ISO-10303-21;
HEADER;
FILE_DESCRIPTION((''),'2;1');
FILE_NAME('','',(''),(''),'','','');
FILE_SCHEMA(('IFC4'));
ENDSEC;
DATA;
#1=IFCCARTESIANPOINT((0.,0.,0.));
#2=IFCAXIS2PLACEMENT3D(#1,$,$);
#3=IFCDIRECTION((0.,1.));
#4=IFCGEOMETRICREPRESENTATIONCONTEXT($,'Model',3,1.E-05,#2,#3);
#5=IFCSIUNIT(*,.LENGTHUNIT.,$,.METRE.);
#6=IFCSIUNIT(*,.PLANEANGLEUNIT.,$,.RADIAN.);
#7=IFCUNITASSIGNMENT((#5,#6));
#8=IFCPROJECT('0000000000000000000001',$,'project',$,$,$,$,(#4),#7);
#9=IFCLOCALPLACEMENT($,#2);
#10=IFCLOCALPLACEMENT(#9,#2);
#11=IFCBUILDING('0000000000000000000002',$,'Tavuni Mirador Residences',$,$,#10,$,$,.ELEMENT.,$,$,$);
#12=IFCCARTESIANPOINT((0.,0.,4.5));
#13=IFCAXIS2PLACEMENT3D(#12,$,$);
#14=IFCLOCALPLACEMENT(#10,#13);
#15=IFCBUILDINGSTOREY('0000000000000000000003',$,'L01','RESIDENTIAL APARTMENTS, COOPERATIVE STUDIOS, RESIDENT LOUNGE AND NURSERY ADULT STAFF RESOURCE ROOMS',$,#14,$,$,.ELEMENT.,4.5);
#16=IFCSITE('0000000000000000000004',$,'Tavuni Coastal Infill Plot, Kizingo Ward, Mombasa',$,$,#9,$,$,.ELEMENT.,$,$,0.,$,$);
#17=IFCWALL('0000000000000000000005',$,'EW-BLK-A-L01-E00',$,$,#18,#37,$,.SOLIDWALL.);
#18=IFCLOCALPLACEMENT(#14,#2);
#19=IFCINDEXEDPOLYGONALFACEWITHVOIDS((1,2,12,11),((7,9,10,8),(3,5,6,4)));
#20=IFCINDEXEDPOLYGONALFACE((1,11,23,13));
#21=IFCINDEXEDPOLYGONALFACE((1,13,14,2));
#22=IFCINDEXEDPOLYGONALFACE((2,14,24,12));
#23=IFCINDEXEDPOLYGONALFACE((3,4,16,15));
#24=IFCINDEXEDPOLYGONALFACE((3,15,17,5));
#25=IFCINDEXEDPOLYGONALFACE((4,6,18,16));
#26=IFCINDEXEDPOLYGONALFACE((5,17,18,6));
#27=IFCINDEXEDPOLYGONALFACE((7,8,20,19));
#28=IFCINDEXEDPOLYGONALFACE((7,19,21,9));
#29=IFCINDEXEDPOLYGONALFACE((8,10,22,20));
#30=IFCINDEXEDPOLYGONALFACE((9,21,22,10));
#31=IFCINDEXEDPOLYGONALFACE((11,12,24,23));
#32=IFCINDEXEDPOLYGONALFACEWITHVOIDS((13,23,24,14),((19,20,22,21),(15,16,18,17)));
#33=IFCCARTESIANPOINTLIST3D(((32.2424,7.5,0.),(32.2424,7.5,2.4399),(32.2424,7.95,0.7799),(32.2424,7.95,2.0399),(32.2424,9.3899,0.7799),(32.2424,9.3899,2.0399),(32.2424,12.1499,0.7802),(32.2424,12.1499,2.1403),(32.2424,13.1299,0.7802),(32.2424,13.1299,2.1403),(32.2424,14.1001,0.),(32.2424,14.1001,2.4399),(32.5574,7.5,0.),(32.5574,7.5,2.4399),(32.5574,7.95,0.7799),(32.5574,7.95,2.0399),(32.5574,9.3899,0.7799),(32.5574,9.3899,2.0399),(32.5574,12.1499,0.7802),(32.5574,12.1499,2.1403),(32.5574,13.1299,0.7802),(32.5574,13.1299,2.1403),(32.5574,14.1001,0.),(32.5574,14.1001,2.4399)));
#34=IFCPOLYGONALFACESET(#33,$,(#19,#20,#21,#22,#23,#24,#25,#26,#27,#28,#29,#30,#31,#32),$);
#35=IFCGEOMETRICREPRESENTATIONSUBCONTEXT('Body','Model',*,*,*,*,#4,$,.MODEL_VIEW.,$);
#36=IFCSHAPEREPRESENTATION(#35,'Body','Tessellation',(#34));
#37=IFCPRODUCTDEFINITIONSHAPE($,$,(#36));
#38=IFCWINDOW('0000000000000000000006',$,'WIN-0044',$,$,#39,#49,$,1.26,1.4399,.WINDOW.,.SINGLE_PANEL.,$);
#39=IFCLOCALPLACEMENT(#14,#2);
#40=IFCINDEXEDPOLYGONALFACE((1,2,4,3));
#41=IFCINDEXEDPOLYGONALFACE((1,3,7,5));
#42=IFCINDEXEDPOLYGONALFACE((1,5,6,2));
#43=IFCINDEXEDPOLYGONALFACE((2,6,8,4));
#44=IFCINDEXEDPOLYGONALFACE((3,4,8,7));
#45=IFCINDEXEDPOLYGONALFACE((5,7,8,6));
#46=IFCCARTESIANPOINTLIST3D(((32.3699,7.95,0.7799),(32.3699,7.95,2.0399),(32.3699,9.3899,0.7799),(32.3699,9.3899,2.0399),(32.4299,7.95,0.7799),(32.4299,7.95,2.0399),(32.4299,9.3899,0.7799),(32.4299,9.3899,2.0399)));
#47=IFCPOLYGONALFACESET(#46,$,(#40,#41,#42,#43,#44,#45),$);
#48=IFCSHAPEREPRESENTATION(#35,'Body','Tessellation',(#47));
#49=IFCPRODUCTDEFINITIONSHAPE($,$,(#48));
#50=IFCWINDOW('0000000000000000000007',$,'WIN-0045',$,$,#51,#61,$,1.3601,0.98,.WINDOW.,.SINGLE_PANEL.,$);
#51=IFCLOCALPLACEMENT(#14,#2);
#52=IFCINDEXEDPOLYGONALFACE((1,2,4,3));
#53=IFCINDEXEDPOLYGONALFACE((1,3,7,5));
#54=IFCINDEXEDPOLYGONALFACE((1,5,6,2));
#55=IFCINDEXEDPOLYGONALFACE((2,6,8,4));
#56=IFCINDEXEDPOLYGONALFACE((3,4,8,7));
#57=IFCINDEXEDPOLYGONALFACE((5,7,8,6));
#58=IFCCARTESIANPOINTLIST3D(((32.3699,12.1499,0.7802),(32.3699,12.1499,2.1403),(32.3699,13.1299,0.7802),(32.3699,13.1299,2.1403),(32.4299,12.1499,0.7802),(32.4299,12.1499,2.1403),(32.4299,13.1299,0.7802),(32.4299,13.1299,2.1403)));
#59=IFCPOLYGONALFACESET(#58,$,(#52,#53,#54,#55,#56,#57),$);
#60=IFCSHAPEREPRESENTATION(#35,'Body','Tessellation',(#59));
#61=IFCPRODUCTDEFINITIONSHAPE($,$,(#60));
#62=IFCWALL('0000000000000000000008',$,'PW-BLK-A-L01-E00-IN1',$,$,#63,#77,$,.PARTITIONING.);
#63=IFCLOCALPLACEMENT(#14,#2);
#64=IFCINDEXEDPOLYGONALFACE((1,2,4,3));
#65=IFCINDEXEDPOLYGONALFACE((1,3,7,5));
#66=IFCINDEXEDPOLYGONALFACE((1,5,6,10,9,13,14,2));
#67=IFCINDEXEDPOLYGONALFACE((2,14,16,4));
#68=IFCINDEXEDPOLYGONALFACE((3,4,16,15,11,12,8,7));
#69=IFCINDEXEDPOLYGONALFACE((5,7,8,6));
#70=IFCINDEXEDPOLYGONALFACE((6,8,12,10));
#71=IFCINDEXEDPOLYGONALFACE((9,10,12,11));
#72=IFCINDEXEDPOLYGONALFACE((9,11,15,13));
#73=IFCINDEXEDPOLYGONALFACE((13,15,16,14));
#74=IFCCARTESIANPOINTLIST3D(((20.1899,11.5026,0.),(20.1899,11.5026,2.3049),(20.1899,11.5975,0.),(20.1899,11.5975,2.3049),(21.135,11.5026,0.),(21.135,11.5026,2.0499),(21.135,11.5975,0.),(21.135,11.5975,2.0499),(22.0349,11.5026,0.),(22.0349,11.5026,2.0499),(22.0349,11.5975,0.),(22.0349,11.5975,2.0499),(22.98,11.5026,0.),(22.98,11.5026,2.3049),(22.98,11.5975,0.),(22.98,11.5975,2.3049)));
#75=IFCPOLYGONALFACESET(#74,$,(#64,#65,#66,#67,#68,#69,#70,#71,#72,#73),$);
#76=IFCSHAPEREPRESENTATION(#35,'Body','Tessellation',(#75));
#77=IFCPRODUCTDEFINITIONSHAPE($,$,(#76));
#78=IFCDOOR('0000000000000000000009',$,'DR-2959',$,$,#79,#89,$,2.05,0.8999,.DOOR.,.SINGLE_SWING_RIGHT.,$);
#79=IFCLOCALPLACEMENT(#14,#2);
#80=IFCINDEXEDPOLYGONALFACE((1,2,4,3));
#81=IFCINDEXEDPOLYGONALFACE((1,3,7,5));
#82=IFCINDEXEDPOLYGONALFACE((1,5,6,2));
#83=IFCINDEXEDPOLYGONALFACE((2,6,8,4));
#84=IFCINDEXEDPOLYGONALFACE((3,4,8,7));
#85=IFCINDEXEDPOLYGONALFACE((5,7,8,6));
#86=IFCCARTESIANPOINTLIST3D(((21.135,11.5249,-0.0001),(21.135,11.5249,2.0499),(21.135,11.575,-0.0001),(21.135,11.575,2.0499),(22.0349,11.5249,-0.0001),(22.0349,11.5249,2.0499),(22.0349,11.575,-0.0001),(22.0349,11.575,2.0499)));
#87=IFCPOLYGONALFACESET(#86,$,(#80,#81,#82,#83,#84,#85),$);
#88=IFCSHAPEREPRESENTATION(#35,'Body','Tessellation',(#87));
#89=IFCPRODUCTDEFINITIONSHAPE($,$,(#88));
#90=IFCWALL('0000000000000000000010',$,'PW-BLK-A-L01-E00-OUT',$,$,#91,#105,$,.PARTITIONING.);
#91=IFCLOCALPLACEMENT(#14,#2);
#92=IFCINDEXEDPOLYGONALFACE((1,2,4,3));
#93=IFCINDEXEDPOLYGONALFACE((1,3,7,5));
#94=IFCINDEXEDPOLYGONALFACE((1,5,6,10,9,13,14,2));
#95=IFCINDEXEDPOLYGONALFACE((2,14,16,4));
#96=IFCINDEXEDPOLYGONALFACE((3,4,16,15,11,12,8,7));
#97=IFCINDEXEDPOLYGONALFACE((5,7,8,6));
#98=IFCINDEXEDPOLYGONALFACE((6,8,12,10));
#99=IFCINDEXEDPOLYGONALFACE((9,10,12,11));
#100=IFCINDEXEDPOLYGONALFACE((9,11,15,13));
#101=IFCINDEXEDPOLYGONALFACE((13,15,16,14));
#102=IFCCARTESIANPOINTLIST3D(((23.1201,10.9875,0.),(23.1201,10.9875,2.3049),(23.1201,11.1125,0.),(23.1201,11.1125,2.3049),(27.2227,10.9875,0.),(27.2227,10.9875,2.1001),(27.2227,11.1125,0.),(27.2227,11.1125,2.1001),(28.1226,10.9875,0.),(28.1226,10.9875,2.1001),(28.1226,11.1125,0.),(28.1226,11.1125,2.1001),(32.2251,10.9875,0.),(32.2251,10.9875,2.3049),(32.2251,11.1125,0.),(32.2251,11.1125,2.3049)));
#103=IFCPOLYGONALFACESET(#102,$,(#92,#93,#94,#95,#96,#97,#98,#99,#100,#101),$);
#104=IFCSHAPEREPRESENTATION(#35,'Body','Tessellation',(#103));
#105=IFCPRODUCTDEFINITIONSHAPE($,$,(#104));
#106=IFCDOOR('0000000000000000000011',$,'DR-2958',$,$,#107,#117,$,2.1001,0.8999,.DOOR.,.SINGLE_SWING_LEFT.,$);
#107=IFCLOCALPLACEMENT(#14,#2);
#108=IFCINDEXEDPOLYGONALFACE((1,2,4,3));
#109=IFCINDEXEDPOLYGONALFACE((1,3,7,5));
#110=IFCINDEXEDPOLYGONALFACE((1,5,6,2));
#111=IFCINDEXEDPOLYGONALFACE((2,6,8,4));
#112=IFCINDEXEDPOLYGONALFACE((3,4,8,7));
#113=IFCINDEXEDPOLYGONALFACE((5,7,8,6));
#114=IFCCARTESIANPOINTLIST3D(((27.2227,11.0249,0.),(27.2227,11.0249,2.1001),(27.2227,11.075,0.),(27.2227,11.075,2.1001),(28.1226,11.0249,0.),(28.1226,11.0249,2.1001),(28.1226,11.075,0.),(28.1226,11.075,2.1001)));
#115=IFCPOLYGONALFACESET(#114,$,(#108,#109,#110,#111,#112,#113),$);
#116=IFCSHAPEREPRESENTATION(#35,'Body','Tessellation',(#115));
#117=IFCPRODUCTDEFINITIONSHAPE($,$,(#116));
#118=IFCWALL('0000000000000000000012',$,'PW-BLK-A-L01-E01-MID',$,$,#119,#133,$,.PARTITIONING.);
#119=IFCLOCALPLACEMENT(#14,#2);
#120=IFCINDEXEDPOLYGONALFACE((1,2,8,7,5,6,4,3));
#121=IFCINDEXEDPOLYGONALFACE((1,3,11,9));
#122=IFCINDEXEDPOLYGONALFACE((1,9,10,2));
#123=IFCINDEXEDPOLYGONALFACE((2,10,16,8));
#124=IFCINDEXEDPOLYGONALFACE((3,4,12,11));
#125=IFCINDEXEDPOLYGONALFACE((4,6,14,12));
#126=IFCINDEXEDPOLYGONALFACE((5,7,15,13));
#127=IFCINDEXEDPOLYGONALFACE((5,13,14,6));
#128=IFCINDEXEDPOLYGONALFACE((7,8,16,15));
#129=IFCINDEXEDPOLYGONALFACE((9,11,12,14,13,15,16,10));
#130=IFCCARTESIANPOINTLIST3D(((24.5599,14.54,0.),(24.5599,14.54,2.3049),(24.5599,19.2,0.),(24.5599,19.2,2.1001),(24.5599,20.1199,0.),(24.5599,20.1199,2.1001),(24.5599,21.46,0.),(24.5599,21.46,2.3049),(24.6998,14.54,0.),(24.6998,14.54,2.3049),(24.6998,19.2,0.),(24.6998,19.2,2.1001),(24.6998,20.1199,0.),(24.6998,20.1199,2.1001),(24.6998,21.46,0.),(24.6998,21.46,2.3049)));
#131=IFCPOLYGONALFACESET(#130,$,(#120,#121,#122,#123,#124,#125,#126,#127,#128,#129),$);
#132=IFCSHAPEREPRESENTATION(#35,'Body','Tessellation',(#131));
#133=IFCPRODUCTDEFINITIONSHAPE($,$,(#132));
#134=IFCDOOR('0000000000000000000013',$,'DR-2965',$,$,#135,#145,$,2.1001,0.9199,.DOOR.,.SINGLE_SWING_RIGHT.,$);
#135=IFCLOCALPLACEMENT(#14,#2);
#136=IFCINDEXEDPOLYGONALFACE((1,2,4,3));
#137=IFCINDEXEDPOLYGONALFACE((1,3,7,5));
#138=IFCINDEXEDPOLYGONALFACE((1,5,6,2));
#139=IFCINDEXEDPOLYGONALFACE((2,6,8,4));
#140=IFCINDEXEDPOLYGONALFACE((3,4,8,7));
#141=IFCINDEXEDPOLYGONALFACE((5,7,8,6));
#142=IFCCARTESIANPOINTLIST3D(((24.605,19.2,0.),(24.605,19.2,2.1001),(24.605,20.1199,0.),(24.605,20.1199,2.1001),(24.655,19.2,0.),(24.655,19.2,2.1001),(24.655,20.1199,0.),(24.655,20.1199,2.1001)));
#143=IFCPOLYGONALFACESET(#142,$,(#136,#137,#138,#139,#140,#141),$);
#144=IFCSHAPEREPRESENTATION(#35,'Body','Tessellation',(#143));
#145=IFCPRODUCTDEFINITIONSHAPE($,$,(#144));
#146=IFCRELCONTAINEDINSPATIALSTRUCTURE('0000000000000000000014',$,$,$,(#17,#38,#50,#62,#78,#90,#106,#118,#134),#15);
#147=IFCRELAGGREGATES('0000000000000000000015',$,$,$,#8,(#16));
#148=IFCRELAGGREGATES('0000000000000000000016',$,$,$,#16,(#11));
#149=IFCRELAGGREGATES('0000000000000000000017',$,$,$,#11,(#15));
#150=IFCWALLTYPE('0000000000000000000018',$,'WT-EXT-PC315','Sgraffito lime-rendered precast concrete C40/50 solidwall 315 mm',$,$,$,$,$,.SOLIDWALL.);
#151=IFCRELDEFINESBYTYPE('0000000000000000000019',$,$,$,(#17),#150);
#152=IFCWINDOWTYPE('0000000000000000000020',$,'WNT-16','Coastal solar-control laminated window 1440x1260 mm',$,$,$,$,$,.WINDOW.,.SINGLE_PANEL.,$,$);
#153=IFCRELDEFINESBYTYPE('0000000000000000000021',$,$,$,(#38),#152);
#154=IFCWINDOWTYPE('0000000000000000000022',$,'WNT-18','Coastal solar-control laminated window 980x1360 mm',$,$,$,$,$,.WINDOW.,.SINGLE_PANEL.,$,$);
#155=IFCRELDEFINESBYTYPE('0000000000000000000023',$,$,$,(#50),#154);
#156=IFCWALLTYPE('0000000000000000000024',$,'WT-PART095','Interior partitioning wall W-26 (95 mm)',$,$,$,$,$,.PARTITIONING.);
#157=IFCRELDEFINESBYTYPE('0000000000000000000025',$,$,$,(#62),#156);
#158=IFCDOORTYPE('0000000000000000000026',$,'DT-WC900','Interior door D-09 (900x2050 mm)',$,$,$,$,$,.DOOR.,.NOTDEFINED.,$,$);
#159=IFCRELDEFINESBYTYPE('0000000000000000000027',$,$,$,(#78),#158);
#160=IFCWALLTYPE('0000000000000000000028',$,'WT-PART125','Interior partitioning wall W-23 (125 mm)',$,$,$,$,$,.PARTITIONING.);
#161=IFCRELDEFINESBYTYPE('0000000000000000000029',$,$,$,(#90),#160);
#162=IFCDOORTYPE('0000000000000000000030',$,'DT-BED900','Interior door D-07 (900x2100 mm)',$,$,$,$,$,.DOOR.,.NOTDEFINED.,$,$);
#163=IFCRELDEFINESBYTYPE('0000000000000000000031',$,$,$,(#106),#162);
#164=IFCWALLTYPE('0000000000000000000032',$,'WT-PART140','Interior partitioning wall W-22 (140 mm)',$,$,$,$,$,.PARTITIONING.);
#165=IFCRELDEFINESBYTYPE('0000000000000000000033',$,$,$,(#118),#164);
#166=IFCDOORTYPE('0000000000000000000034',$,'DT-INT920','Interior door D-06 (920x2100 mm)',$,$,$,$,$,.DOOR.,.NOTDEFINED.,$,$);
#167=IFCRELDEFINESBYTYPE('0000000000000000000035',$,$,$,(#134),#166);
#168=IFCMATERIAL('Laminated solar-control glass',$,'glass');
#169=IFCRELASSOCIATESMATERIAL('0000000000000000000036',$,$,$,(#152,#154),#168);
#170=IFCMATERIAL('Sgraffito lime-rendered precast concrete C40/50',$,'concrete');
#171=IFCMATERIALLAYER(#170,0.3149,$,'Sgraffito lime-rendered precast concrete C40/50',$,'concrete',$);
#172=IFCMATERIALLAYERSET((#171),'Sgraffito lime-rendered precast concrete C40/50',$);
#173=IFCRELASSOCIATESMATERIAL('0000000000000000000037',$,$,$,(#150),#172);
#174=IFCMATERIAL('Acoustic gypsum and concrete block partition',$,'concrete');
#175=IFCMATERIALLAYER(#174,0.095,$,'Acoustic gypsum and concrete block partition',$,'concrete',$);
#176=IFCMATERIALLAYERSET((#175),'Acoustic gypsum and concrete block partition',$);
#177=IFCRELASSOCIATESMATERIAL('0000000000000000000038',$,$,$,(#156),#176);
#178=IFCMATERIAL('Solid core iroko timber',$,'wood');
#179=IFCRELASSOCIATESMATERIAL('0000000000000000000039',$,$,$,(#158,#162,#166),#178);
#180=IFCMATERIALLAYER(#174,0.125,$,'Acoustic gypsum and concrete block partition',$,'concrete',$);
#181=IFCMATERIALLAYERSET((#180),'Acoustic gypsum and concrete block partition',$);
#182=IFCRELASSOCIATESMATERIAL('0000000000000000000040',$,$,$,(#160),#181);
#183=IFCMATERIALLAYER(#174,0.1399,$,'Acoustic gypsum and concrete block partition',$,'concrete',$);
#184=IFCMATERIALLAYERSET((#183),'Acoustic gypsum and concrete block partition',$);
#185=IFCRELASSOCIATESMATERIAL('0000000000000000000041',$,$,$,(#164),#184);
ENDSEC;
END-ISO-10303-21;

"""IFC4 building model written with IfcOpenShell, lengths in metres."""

from ifc_helpers import new_model, si_unit, direction, frame, frame_2d, origin, place, context, subcontext, project, spatial, rectangle, extrude, material, layer, layer_set, type_object, element, fill, save


model = new_model("IFC4")

# Units and contexts
model_context = context("Model", 3, precision=1e-05, world=origin(), true_north=direction((0.0, 1.0)))
body_context = subcontext(model_context, "Body", "Model", "MODEL_VIEW")
ifc_project = project(units=[si_unit("LENGTHUNIT", "METRE"), si_unit("PLANEANGLEUNIT", "RADIAN")], contexts=[model_context])

# Site, building, storey
site_placement = place(None, origin())
site = spatial("IfcSite", under=ifc_project, at=site_placement, Name="Tavuni Coastal Infill Plot, Kizingo Ward, Mombasa", CompositionType="ELEMENT", RefElevation=0.0)
building_placement = place(site_placement, origin())
building = spatial("IfcBuilding", under=site, at=building_placement, Name="Tavuni Mirador Residences", CompositionType="ELEMENT")
storey_placement = place(building_placement, frame((0.0, 0.0, 4.5)))
storey = spatial("IfcBuildingStorey", under=building, at=storey_placement, Name="L01", Description="RESIDENTIAL APARTMENTS, COOPERATIVE STUDIOS, RESIDENT LOUNGE AND NURSERY ADULT STAFF RESOURCE ROOMS", CompositionType="ELEMENT", Elevation=4.5)

# Shared definitions
ifc_material_1 = material(Name="Solid core iroko timber", Category="wood")

# Wall, openings, windows
ifc_material_2 = material(Name="Sgraffito lime-rendered precast concrete C40/50", Category="concrete")
ifc_material_3 = material(Name="Laminated solar-control glass", Category="glass")
window_type_1 = type_object("IfcWindowType", Name="WNT-16", Description="Coastal solar-control laminated window 1440x1260 mm", PartitioningType="SINGLE_PANEL", PredefinedType="WINDOW", material=ifc_material_3)
ifc_layer_1 = layer(ifc_material_2, 0.3149, Name="Sgraffito lime-rendered precast concrete C40/50", Category="concrete")
ifc_layer_set_1 = layer_set([ifc_layer_1], Name="Sgraffito lime-rendered precast concrete C40/50")
wall_type_1 = type_object("IfcWallType", Name="WT-EXT-PC315", Description="Sgraffito lime-rendered precast concrete C40/50 solidwall 315 mm", PredefinedType="SOLIDWALL", material=ifc_layer_set_1)
wall_1_placement = place(storey_placement, frame((32.3999, 7.5, 0.0), z_axis=(0.0, 0.0, 1.0), x_axis=(0.0, 1.0, 0.0)))
wall_1 = element("IfcWall", 1, at=wall_1_placement, inside=storey, type_object=wall_type_1, Name="EW-BLK-A-L01-E00", PredefinedType="SOLIDWALL", context=body_context, shape_type="SweptSolid", body=[
    extrude(rectangle(XDim=6.6001, YDim=0.3149, at=frame_2d((3.3, 0.0))), origin(), (0.0, 0.0, 1.0), 2.4399),
])
opening_1_placement = place(wall_1_placement, frame((0.45, 0.0, 0.78)))
opening_1 = element("IfcOpeningElement", 2, at=opening_1_placement, cuts=wall_1, PredefinedType="OPENING", context=body_context, shape_type="SweptSolid", body=[
    extrude(rectangle(XDim=1.4399, YDim=1.26, at=frame_2d((0.72, 0.6299))), frame((0.0, 0.1675, 0.0), z_axis=(0.0, -1.0, 0.0), x_axis=(1.0, 0.0, 0.0)), (0.0, 0.0, 1.0), 0.335),
])
opening_2_placement = place(wall_1_placement, frame((4.6499, 0.0, 0.78)))
opening_2 = element("IfcOpeningElement", 3, at=opening_2_placement, cuts=wall_1, PredefinedType="OPENING", context=body_context, shape_type="SweptSolid", body=[
    extrude(rectangle(XDim=0.98, YDim=1.3601, at=frame_2d((0.49, 0.6802))), frame((0.0, 0.1675, 0.0), z_axis=(0.0, -1.0, 0.0), x_axis=(1.0, 0.0, 0.0)), (0.0, 0.0, 1.0), 0.335),
])
window_1_placement = place(opening_1_placement, origin())
window_1 = element("IfcWindow", 4, at=window_1_placement, inside=storey, type_object=window_type_1, Name="WIN-0044", OverallHeight=1.26, OverallWidth=1.4399, PartitioningType="SINGLE_PANEL", PredefinedType="WINDOW", context=body_context, shape_type="SweptSolid", body=[
    extrude(rectangle(XDim=1.4399, YDim=1.26, at=frame_2d((0.72, 0.6299))), frame((0.0, 0.03, 0.0), z_axis=(0.0, -1.0, 0.0), x_axis=(1.0, 0.0, 0.0)), (0.0, 0.0, 1.0), 0.0601),
])
fill(opening_1, window_1)
window_type_2 = type_object("IfcWindowType", Name="WNT-18", Description="Coastal solar-control laminated window 980x1360 mm", PartitioningType="SINGLE_PANEL", PredefinedType="WINDOW", material=ifc_material_3)
window_2_placement = place(opening_2_placement, origin())
window_2 = element("IfcWindow", 5, at=window_2_placement, inside=storey, type_object=window_type_2, Name="WIN-0045", OverallHeight=1.3601, OverallWidth=0.98, PartitioningType="SINGLE_PANEL", PredefinedType="WINDOW", context=body_context, shape_type="SweptSolid", body=[
    extrude(rectangle(XDim=0.98, YDim=1.3601, at=frame_2d((0.49, 0.6802))), frame((0.0, 0.03, 0.0), z_axis=(0.0, -1.0, 0.0), x_axis=(1.0, 0.0, 0.0)), (0.0, 0.0, 1.0), 0.0601),
])
fill(opening_2, window_2)

# Walls, openings, doors
ifc_material_4 = material(Name="Acoustic gypsum and concrete block partition", Category="concrete")
ifc_layer_2 = layer(ifc_material_4, 0.095, Name="Acoustic gypsum and concrete block partition", Category="concrete")
ifc_layer_set_2 = layer_set([ifc_layer_2], Name="Acoustic gypsum and concrete block partition")
wall_type_2 = type_object("IfcWallType", Name="WT-PART095", Description="Interior partitioning wall W-26 (95 mm)", PredefinedType="PARTITIONING", material=ifc_layer_set_2)
wall_2_placement = place(storey_placement, frame((20.1899, 11.55, 0.0), z_axis=(0.0, 0.0, 1.0), x_axis=(1.0, 0.0, 0.0)))
wall_2 = element("IfcWall", 6, at=wall_2_placement, inside=storey, type_object=wall_type_2, Name="PW-BLK-A-L01-E00-IN1", PredefinedType="PARTITIONING", context=body_context, shape_type="SweptSolid", body=[
    extrude(rectangle(XDim=2.79, YDim=0.095, at=frame_2d((1.395, 0.0))), origin(), (0.0, 0.0, 1.0), 2.3049),
])
opening_3_placement = place(wall_2_placement, frame((0.9451, 0.0, 0.0)))
opening_3 = element("IfcOpeningElement", 7, at=opening_3_placement, cuts=wall_2, PredefinedType="OPENING", context=body_context, shape_type="SweptSolid", body=[
    extrude(rectangle(XDim=0.8999, YDim=2.05, at=frame_2d((0.45, 1.0249))), frame((0.0, 0.0576, 0.0), z_axis=(0.0, -1.0, 0.0), x_axis=(1.0, 0.0, 0.0)), (0.0, 0.0, 1.0), 0.115),
])
door_type_1 = type_object("IfcDoorType", Name="DT-WC900", Description="Interior door D-09 (900x2050 mm)", OperationType="NOTDEFINED", PredefinedType="DOOR", material=ifc_material_1)
door_1_placement = place(opening_3_placement, origin())
door_1 = element("IfcDoor", 8, at=door_1_placement, inside=storey, type_object=door_type_1, Name="DR-2959", OperationType="SINGLE_SWING_RIGHT", OverallHeight=2.05, OverallWidth=0.8999, PredefinedType="DOOR", context=body_context, shape_type="SweptSolid", body=[
    extrude(rectangle(XDim=0.8999, YDim=2.05, at=frame_2d((0.45, 1.0249))), frame((0.0, 0.0249, 0.0), z_axis=(0.0, -1.0, 0.0), x_axis=(1.0, 0.0, 0.0)), (0.0, 0.0, 1.0), 0.05),
])
fill(opening_3, door_1)
ifc_layer_3 = layer(ifc_material_4, 0.125, Name="Acoustic gypsum and concrete block partition", Category="concrete")
ifc_layer_set_3 = layer_set([ifc_layer_3], Name="Acoustic gypsum and concrete block partition")
wall_type_3 = type_object("IfcWallType", Name="WT-PART125", Description="Interior partitioning wall W-23 (125 mm)", PredefinedType="PARTITIONING", material=ifc_layer_set_3)
wall_3_placement = place(storey_placement, frame((23.1201, 11.05, 0.0), z_axis=(0.0, 0.0, 1.0), x_axis=(1.0, 0.0, 0.0)))
wall_3 = element("IfcWall", 9, at=wall_3_placement, inside=storey, type_object=wall_type_3, Name="PW-BLK-A-L01-E00-OUT", PredefinedType="PARTITIONING", context=body_context, shape_type="SweptSolid", body=[
    extrude(rectangle(XDim=9.105, YDim=0.125, at=frame_2d((4.5525, 0.0))), origin(), (0.0, 0.0, 1.0), 2.3049),
])
opening_4_placement = place(wall_3_placement, frame((4.1025, 0.0, 0.0)))
opening_4 = element("IfcOpeningElement", 10, at=opening_4_placement, cuts=wall_3, PredefinedType="OPENING", context=body_context, shape_type="SweptSolid", body=[
    extrude(rectangle(XDim=0.8999, YDim=2.1001, at=frame_2d((0.45, 1.05))), frame((0.0, 0.0725, 0.0), z_axis=(0.0, -1.0, 0.0), x_axis=(1.0, 0.0, 0.0)), (0.0, 0.0, 1.0), 0.145),
])
door_type_2 = type_object("IfcDoorType", Name="DT-BED900", Description="Interior door D-07 (900x2100 mm)", OperationType="NOTDEFINED", PredefinedType="DOOR", material=ifc_material_1)
door_2_placement = place(opening_4_placement, origin())
door_2 = element("IfcDoor", 11, at=door_2_placement, inside=storey, type_object=door_type_2, Name="DR-2958", OperationType="SINGLE_SWING_LEFT", OverallHeight=2.1001, OverallWidth=0.8999, PredefinedType="DOOR", context=body_context, shape_type="SweptSolid", body=[
    extrude(rectangle(XDim=0.8999, YDim=2.1001, at=frame_2d((0.45, 1.05))), frame((0.0, 0.0249, 0.0), z_axis=(0.0, -1.0, 0.0), x_axis=(1.0, 0.0, 0.0)), (0.0, 0.0, 1.0), 0.05),
])
fill(opening_4, door_2)
ifc_layer_4 = layer(ifc_material_4, 0.1399, Name="Acoustic gypsum and concrete block partition", Category="concrete")
ifc_layer_set_4 = layer_set([ifc_layer_4], Name="Acoustic gypsum and concrete block partition")
wall_type_4 = type_object("IfcWallType", Name="WT-PART140", Description="Interior partitioning wall W-22 (140 mm)", PredefinedType="PARTITIONING", material=ifc_layer_set_4)
wall_4_placement = place(storey_placement, frame((24.6299, 14.54, 0.0), z_axis=(0.0, 0.0, 1.0), x_axis=(0.0, 1.0, 0.0)))
wall_4 = element("IfcWall", 12, at=wall_4_placement, inside=storey, type_object=wall_type_4, Name="PW-BLK-A-L01-E01-MID", PredefinedType="PARTITIONING", context=body_context, shape_type="SweptSolid", body=[
    extrude(rectangle(XDim=6.9199, YDim=0.1399, at=frame_2d((3.46, 0.0))), origin(), (0.0, 0.0, 1.0), 2.3049),
])
opening_5_placement = place(wall_4_placement, frame((4.6599, 0.0, 0.0)))
opening_5 = element("IfcOpeningElement", 13, at=opening_5_placement, cuts=wall_4, PredefinedType="OPENING", context=body_context, shape_type="SweptSolid", body=[
    extrude(rectangle(XDim=0.9199, YDim=2.1001, at=frame_2d((0.46, 1.05))), frame((0.0, 0.0801, 0.0), z_axis=(0.0, -1.0, 0.0), x_axis=(1.0, 0.0, 0.0)), (0.0, 0.0, 1.0), 0.1599),
])
door_type_3 = type_object("IfcDoorType", Name="DT-INT920", Description="Interior door D-06 (920x2100 mm)", OperationType="NOTDEFINED", PredefinedType="DOOR", material=ifc_material_1)
door_3_placement = place(opening_5_placement, origin())
door_3 = element("IfcDoor", 14, at=door_3_placement, inside=storey, type_object=door_type_3, Name="DR-2965", OperationType="SINGLE_SWING_RIGHT", OverallHeight=2.1001, OverallWidth=0.9199, PredefinedType="DOOR", context=body_context, shape_type="SweptSolid", body=[
    extrude(rectangle(XDim=0.9199, YDim=2.1001, at=frame_2d((0.46, 1.05))), frame((0.0, 0.0249, 0.0), z_axis=(0.0, -1.0, 0.0), x_axis=(1.0, 0.0, 0.0)), (0.0, 0.0, 1.0), 0.05),
])
fill(opening_5, door_3)

save(model, "model.ifc")
